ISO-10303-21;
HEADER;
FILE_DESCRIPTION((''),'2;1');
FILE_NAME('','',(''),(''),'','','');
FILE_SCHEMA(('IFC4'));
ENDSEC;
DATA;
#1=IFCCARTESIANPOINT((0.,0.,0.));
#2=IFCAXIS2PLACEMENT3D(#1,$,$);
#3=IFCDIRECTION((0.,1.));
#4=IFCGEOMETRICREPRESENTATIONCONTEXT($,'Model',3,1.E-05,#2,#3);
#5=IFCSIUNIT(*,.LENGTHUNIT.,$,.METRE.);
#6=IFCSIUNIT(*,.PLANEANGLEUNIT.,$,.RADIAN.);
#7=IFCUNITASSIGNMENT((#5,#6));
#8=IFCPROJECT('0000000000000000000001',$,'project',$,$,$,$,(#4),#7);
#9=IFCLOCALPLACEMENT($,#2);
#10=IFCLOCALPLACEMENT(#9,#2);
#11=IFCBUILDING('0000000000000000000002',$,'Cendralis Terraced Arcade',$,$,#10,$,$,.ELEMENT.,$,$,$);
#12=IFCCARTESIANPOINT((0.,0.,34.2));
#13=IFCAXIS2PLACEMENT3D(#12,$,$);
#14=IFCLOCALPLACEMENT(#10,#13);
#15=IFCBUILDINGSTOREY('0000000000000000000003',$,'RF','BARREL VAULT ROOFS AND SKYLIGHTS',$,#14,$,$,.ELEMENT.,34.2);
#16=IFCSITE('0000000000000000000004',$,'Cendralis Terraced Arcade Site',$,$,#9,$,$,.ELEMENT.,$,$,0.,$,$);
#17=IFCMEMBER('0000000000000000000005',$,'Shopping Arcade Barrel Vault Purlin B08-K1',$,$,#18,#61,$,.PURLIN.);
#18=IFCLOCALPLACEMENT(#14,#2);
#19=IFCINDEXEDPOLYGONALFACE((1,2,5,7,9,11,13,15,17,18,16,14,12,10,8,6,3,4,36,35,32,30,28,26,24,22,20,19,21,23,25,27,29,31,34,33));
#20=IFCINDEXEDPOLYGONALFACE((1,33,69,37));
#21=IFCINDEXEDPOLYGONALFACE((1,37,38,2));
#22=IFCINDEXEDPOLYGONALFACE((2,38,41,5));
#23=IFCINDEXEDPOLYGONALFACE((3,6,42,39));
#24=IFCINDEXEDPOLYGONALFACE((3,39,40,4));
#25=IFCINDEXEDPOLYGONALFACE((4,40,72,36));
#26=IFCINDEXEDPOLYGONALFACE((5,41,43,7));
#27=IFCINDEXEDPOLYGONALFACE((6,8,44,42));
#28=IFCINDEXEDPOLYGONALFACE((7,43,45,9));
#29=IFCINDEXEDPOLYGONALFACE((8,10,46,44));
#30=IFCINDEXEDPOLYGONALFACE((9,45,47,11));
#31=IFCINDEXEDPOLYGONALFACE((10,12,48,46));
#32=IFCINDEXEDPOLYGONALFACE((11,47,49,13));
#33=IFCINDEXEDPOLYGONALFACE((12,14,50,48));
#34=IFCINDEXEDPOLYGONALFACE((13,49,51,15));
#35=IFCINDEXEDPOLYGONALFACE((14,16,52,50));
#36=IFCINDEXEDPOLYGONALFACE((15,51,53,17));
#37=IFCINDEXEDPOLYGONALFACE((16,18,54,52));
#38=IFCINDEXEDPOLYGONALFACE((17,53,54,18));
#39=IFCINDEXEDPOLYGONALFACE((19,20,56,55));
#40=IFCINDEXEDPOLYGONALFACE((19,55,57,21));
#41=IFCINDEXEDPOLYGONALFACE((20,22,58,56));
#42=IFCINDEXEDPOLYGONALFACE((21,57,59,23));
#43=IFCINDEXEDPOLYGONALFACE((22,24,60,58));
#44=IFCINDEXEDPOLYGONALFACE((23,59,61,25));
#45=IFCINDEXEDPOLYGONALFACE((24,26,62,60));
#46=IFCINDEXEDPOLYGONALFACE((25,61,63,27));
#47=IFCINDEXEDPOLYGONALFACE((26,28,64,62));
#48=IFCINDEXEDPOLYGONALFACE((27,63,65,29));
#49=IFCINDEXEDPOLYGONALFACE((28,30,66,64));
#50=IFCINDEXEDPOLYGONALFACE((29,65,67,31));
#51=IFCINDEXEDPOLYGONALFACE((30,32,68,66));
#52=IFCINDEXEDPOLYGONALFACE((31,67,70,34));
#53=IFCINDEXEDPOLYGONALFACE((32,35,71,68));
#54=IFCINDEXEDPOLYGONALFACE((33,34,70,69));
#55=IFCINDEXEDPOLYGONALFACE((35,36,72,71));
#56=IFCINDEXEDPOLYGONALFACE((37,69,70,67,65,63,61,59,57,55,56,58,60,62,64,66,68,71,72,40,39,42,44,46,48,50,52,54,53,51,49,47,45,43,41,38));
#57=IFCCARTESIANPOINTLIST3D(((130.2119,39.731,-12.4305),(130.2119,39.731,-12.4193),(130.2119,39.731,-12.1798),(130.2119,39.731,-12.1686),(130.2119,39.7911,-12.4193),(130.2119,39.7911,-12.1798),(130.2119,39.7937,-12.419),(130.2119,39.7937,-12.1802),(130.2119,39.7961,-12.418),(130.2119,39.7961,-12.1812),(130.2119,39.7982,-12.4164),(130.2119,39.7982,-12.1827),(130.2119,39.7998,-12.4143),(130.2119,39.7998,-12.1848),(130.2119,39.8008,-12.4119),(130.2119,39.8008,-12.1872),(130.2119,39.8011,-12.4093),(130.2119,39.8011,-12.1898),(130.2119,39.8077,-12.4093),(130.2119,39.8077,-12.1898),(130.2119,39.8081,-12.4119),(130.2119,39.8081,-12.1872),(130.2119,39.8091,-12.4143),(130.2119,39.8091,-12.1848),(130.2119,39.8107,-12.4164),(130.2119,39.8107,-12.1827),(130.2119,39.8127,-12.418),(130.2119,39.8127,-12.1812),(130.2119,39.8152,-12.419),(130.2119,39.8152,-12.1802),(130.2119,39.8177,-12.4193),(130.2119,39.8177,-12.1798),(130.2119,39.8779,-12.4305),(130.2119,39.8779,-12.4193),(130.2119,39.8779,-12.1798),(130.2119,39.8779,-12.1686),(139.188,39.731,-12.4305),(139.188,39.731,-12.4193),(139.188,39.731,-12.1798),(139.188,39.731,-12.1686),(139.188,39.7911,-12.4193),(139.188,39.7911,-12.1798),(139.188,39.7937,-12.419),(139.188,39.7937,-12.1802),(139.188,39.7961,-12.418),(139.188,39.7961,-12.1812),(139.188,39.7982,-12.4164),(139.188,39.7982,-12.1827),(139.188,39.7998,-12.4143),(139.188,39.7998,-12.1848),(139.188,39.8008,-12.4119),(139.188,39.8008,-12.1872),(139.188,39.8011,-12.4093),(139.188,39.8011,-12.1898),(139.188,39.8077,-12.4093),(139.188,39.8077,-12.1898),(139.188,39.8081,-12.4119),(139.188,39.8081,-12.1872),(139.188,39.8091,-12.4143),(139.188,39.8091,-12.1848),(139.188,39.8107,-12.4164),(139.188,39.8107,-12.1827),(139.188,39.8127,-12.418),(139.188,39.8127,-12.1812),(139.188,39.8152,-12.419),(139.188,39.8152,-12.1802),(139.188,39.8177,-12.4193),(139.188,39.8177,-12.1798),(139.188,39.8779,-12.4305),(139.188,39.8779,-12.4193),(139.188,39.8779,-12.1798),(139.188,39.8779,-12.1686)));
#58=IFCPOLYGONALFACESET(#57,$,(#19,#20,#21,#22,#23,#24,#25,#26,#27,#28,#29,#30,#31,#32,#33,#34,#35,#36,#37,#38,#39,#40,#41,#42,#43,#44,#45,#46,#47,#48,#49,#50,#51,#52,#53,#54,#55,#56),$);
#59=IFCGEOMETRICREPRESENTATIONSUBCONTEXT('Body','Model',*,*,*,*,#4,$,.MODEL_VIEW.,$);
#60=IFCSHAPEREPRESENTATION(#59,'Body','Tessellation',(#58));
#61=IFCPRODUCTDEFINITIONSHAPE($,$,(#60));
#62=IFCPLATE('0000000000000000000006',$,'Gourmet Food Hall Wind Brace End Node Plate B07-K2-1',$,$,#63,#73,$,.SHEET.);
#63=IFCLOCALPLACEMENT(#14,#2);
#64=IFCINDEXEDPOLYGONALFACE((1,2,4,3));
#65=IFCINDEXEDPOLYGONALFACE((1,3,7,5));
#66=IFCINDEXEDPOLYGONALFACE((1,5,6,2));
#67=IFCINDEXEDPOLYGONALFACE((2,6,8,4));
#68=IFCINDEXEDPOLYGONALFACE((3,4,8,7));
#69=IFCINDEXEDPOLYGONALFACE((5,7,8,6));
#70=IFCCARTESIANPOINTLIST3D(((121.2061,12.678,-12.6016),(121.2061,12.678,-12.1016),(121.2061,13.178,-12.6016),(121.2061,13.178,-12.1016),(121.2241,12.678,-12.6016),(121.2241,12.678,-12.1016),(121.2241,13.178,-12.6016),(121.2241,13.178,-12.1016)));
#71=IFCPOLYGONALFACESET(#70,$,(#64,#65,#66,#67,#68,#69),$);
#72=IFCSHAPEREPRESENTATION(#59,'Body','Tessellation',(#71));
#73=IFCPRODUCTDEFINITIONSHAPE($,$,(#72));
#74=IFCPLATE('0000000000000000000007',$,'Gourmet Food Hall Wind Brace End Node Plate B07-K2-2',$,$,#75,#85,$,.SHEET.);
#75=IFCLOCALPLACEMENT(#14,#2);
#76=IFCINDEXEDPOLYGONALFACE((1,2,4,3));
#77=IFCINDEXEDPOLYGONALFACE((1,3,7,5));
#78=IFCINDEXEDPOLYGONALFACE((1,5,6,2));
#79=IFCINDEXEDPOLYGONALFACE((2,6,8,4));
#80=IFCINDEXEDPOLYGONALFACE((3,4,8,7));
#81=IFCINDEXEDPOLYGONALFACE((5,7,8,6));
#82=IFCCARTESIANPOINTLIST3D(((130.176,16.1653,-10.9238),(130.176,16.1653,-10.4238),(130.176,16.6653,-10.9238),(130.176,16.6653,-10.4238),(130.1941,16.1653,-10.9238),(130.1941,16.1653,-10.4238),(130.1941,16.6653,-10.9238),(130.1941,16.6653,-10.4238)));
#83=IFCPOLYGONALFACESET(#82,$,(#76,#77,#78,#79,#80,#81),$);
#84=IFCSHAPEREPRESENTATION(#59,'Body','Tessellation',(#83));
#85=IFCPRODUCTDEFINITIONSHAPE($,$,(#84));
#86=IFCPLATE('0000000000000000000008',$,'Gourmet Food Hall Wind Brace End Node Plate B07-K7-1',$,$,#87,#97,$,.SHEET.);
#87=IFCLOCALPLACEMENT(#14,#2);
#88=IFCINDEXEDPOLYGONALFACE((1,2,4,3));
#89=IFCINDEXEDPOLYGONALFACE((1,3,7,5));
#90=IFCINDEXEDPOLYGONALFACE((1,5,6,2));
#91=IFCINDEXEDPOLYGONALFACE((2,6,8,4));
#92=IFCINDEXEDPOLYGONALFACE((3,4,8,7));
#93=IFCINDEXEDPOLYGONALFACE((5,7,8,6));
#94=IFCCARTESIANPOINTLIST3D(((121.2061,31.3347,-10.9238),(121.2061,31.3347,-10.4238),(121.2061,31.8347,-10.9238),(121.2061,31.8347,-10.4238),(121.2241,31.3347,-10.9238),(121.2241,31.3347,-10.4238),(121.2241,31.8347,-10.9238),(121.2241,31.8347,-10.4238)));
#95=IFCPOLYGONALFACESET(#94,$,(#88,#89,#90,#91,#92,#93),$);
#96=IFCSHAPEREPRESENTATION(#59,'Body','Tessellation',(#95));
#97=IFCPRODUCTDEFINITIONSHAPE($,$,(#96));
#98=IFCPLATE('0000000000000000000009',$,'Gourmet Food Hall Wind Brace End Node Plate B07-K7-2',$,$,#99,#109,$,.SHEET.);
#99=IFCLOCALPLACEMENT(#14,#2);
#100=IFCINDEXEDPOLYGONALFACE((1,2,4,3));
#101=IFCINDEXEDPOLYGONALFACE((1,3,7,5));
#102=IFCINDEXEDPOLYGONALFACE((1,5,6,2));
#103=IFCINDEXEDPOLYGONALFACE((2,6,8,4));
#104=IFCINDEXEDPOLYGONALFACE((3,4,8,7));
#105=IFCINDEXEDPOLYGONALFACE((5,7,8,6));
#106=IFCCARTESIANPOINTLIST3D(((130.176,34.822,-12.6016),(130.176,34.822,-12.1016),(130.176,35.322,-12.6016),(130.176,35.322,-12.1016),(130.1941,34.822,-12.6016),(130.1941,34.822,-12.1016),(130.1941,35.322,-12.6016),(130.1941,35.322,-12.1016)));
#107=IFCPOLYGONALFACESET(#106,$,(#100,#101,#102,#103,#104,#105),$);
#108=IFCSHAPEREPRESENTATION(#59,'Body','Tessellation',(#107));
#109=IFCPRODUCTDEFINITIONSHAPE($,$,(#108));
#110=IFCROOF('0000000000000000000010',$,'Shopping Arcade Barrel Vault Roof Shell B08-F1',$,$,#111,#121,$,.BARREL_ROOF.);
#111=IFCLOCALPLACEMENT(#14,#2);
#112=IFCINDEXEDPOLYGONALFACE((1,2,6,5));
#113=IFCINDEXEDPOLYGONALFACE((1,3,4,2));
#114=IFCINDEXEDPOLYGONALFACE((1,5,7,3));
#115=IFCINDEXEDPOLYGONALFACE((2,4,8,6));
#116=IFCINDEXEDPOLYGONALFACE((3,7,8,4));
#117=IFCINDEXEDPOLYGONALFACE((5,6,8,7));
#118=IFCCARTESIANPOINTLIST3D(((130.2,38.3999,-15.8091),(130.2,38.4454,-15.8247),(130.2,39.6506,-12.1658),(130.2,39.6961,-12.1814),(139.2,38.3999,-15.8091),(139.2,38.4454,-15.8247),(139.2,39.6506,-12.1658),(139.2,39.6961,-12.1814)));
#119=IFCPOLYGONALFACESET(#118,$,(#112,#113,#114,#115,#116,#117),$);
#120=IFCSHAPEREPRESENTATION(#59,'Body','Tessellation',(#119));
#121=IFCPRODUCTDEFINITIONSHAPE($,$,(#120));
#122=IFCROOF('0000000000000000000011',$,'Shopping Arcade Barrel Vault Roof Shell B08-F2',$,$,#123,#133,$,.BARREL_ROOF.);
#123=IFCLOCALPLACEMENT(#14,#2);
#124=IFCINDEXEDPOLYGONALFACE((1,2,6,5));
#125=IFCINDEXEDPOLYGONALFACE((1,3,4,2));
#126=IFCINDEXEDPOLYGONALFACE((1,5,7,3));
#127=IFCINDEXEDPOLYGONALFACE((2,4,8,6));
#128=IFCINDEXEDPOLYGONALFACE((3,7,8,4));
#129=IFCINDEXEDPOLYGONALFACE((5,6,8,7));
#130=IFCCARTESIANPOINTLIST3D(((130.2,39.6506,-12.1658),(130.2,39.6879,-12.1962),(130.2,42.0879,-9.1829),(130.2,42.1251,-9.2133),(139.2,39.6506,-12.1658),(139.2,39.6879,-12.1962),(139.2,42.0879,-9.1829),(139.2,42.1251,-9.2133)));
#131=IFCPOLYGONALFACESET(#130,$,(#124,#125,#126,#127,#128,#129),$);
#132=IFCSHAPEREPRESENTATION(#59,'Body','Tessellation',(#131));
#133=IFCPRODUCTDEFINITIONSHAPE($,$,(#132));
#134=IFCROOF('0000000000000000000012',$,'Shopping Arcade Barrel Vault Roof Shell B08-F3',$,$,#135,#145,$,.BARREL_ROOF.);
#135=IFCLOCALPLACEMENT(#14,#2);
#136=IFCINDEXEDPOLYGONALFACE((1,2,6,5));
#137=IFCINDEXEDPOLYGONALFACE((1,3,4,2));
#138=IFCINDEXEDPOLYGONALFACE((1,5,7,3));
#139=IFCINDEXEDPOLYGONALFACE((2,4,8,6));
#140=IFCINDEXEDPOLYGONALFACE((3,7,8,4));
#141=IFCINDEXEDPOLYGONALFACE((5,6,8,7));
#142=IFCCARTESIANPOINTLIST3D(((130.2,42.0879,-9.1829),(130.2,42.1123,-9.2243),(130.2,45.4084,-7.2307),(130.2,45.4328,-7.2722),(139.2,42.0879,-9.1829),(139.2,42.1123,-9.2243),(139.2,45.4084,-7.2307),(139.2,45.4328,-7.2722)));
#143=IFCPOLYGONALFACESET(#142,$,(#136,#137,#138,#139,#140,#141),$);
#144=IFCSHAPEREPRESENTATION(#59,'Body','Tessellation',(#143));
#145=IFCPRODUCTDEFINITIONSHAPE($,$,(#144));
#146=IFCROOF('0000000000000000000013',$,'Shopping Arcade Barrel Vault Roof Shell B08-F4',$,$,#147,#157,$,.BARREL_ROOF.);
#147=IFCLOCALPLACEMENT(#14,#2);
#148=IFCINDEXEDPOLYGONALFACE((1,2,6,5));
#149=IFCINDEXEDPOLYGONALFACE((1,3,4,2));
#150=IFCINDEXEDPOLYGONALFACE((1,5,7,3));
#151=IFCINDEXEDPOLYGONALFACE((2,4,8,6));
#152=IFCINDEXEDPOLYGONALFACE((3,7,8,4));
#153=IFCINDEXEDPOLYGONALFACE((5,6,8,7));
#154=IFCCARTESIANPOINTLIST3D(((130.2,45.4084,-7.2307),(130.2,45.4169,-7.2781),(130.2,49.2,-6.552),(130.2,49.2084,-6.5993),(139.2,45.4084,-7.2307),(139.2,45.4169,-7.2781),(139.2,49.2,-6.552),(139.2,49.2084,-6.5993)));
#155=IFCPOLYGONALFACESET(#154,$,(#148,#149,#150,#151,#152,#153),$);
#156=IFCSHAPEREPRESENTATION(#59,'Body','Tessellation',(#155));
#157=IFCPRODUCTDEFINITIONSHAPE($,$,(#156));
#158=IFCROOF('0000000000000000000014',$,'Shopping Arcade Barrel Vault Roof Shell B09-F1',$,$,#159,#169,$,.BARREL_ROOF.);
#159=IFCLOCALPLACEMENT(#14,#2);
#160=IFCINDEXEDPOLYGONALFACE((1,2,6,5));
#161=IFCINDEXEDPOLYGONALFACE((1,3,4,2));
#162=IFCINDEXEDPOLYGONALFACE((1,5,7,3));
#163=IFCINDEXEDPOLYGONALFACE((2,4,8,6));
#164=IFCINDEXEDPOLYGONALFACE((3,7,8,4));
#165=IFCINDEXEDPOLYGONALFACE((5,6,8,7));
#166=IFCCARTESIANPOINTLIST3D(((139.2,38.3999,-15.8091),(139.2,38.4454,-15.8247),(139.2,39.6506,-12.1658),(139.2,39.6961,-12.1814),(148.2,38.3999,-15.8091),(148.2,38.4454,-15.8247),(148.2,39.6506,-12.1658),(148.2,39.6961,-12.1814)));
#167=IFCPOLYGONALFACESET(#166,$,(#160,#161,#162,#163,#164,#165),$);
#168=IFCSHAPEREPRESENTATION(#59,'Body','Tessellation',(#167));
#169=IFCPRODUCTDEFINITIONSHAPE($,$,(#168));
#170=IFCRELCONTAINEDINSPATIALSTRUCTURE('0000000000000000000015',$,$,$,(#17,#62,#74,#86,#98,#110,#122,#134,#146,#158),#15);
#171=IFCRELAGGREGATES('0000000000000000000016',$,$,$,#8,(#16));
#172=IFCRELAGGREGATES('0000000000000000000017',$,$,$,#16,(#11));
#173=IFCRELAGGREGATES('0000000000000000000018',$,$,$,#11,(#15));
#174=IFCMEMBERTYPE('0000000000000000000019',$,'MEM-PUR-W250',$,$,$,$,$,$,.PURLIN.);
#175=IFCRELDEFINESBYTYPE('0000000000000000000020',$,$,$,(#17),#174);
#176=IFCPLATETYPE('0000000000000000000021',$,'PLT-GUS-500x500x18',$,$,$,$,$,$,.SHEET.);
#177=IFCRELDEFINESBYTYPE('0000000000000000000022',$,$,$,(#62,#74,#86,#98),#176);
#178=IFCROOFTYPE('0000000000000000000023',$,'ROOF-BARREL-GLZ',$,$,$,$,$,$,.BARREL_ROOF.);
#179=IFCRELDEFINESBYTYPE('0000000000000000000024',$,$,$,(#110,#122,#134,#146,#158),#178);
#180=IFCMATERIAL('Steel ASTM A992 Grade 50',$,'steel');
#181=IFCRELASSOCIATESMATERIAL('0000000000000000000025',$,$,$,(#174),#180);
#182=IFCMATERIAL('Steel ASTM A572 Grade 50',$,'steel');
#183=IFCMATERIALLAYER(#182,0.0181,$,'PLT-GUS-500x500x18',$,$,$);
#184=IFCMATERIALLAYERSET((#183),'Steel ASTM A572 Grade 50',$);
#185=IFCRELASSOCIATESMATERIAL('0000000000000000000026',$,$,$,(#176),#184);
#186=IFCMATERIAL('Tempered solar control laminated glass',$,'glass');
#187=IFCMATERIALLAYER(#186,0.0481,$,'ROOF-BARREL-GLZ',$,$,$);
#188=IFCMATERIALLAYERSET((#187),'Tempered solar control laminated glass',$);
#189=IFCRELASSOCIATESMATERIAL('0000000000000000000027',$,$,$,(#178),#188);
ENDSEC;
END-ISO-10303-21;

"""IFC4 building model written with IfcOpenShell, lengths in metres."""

from ifc_helpers import new_model, si_unit, direction, frame, origin, origin_2d, place, context, subcontext, project, spatial, polyline, rectangle, i_section, outline, extrude, material, layer, layer_set, material_profile, profile_set, type_object, element, save


model = new_model("IFC4")

# Units and contexts
model_context = context("Model", 3, precision=1e-05, world=origin(), true_north=direction((0.0, 1.0)))
body_context = subcontext(model_context, "Body", "Model", "MODEL_VIEW")
ifc_project = project(units=[si_unit("LENGTHUNIT", "METRE"), si_unit("PLANEANGLEUNIT", "RADIAN")], contexts=[model_context])

# Site, building, storey
site_placement = place(None, origin())
site = spatial("IfcSite", under=ifc_project, at=site_placement, Name="Cendralis Terraced Arcade Site", CompositionType="ELEMENT", RefElevation=0.0)
building_placement = place(site_placement, origin())
building = spatial("IfcBuilding", under=site, at=building_placement, Name="Cendralis Terraced Arcade", CompositionType="ELEMENT")
storey_placement = place(building_placement, frame((0.0, 0.0, 34.2)))
storey = spatial("IfcBuildingStorey", under=building, at=storey_placement, Name="RF", Description="BARREL VAULT ROOFS AND SKYLIGHTS", CompositionType="ELEMENT", Elevation=34.2)

# Member
ifc_material_1 = material(Name="Steel ASTM A992 Grade 50", Category="steel")
ifc_material_2 = material(Name="Steel ASTM A572 Grade 50", Category="steel")
ifc_material_profile_1 = material_profile(ifc_material_1, i_section(OverallWidth=0.147, OverallDepth=0.262, WebThickness=0.0066, FlangeThickness=0.0112, FilletRadius=0.01, at=origin_2d()), Name="W250X38.5", Category="LoadBearing")
ifc_profile_set_1 = profile_set([ifc_material_profile_1], Name="Steel ASTM A992 Grade 50")
member_type_1 = type_object("IfcMemberType", Name="MEM-PUR-W250", PredefinedType="PURLIN", material=ifc_profile_set_1)
member_1_placement = place(storey_placement, frame((130.2119, 39.8044, -12.2996), z_axis=(1.0, 0.0, 0.0), x_axis=(0.0, 1.0, 0.0)))
element("IfcMember", 1, at=member_1_placement, inside=storey, type_object=member_type_1, Name="Shopping Arcade Barrel Vault Purlin B08-K1", PredefinedType="PURLIN", context=body_context, shape_type="SweptSolid", body=[
    extrude(i_section(OverallWidth=0.147, OverallDepth=0.262, WebThickness=0.0066, FlangeThickness=0.0112, FilletRadius=0.01, at=origin_2d()), origin(), (0.0, 0.0, 1.0), 8.9761),
])

# Plates
ifc_layer_1 = layer(ifc_material_2, 0.0181, Name="PLT-GUS-500x500x18")
ifc_layer_set_1 = layer_set([ifc_layer_1], Name="Steel ASTM A572 Grade 50")
plate_type = type_object("IfcPlateType", Name="PLT-GUS-500x500x18", PredefinedType="SHEET", material=ifc_layer_set_1)
for number, where, z_axis, x_axis, name in (
    (2, (121.2151, 12.928, -12.6016), (0.0, 0.0, 1.0), (1.0, 0.0, 0.0), "Gourmet Food Hall Wind Brace End Node Plate B07-K2-1"),
    (3, (130.1851, 16.4153, -10.9238), (0.0, 0.0, 1.0), (1.0, 0.0, 0.0), "Gourmet Food Hall Wind Brace End Node Plate B07-K2-2"),
    (4, (121.2151, 31.5847, -10.9238), (0.0, 0.0, 1.0), (1.0, 0.0, 0.0), "Gourmet Food Hall Wind Brace End Node Plate B07-K7-1"),
    (5, (130.1851, 35.072, -12.6016), (0.0, 0.0, 1.0), (1.0, 0.0, 0.0), "Gourmet Food Hall Wind Brace End Node Plate B07-K7-2"),
):
    element("IfcPlate", number, at=place(storey_placement, frame(where, z_axis=z_axis, x_axis=x_axis)), inside=storey, type_object=plate_type, Name=name, PredefinedType="SHEET", context=body_context, shape_type="SweptSolid", body=[
        extrude(rectangle(XDim=0.0181, YDim=0.5, at=origin_2d()), origin(), (0.0, 0.0, 1.0), 0.5),
    ])

# Roofs
ifc_material_3 = material(Name="Tempered solar control laminated glass", Category="glass")
ifc_layer_2 = layer(ifc_material_3, 0.0481, Name="ROOF-BARREL-GLZ")
ifc_layer_set_2 = layer_set([ifc_layer_2], Name="Tempered solar control laminated glass")
roof_type = type_object("IfcRoofType", Name="ROOF-BARREL-GLZ", PredefinedType="BARREL_ROOF", material=ifc_layer_set_2)
roof_1_placement = place(storey_placement, frame((130.2, 38.3999, -15.8091), z_axis=(0.0, -0.945819, 0.324695), x_axis=(1.0, 0.0, 0.0)))
element("IfcRoof", 6, at=roof_1_placement, inside=storey, type_object=roof_type, Name="Shopping Arcade Barrel Vault Roof Shell B08-F1", PredefinedType="BARREL_ROOF", context=body_context, shape_type="SweptSolid", body=[
    extrude(outline(polyline([(0.0, 0.0), (9.0, 0.0), (9.0, 3.852), (0.0, 3.852), (0.0, 0.0)])), origin(), (0.0, 0.0, -1.0), 0.0481),
])
roof_2_placement = place(storey_placement, frame((130.2, 39.6506, -12.1658), z_axis=(0.0, -0.774378, 0.632723), x_axis=(1.0, 0.0, 0.0)))
element("IfcRoof", 7, at=roof_2_placement, inside=storey, type_object=roof_type, Name="Shopping Arcade Barrel Vault Roof Shell B08-F2", PredefinedType="BARREL_ROOF", context=body_context, shape_type="SweptSolid", body=[
    extrude(outline(polyline([(0.0, 0.0), (9.0, 0.0), (9.0, 3.852), (0.0, 3.852), (0.0, 0.0)])), origin(), (0.0, 0.0, -1.0), 0.0481),
])
roof_3_placement = place(storey_placement, frame((130.2, 42.0879, -9.1829), z_axis=(0.0, -0.506804, 0.862061), x_axis=(1.0, 0.0, 0.0)))
element("IfcRoof", 8, at=roof_3_placement, inside=storey, type_object=roof_type, Name="Shopping Arcade Barrel Vault Roof Shell B08-F3", PredefinedType="BARREL_ROOF", context=body_context, shape_type="SweptSolid", body=[
    extrude(outline(polyline([(0.0, 0.0), (9.0, 0.0), (9.0, 3.8519), (0.0, 3.8519), (0.0, 0.0)])), origin(), (0.0, 0.0, -1.0), 0.0481),
])
roof_4_placement = place(storey_placement, frame((130.2, 45.4084, -7.2307), z_axis=(0.0, -0.176207, 0.984353), x_axis=(1.0, 0.0, 0.0)))
element("IfcRoof", 9, at=roof_4_placement, inside=storey, type_object=roof_type, Name="Shopping Arcade Barrel Vault Roof Shell B08-F4", PredefinedType="BARREL_ROOF", context=body_context, shape_type="SweptSolid", body=[
    extrude(outline(polyline([(0.0, 0.0), (9.0, 0.0), (9.0, 3.8518), (0.0, 3.8518), (0.0, 0.0)])), origin(), (0.0, 0.0, -1.0), 0.0481),
])
roof_5_placement = place(storey_placement, frame((139.2, 38.3999, -15.8091), z_axis=(0.0, -0.945819, 0.324695), x_axis=(1.0, 0.0, 0.0)))
element("IfcRoof", 10, at=roof_5_placement, inside=storey, type_object=roof_type, Name="Shopping Arcade Barrel Vault Roof Shell B09-F1", PredefinedType="BARREL_ROOF", context=body_context, shape_type="SweptSolid", body=[
    extrude(outline(polyline([(0.0, 0.0), (9.0, 0.0), (9.0, 3.852), (0.0, 3.852), (0.0, 0.0)])), origin(), (0.0, 0.0, -1.0), 0.0481),
])

save(model, "model.ifc")
